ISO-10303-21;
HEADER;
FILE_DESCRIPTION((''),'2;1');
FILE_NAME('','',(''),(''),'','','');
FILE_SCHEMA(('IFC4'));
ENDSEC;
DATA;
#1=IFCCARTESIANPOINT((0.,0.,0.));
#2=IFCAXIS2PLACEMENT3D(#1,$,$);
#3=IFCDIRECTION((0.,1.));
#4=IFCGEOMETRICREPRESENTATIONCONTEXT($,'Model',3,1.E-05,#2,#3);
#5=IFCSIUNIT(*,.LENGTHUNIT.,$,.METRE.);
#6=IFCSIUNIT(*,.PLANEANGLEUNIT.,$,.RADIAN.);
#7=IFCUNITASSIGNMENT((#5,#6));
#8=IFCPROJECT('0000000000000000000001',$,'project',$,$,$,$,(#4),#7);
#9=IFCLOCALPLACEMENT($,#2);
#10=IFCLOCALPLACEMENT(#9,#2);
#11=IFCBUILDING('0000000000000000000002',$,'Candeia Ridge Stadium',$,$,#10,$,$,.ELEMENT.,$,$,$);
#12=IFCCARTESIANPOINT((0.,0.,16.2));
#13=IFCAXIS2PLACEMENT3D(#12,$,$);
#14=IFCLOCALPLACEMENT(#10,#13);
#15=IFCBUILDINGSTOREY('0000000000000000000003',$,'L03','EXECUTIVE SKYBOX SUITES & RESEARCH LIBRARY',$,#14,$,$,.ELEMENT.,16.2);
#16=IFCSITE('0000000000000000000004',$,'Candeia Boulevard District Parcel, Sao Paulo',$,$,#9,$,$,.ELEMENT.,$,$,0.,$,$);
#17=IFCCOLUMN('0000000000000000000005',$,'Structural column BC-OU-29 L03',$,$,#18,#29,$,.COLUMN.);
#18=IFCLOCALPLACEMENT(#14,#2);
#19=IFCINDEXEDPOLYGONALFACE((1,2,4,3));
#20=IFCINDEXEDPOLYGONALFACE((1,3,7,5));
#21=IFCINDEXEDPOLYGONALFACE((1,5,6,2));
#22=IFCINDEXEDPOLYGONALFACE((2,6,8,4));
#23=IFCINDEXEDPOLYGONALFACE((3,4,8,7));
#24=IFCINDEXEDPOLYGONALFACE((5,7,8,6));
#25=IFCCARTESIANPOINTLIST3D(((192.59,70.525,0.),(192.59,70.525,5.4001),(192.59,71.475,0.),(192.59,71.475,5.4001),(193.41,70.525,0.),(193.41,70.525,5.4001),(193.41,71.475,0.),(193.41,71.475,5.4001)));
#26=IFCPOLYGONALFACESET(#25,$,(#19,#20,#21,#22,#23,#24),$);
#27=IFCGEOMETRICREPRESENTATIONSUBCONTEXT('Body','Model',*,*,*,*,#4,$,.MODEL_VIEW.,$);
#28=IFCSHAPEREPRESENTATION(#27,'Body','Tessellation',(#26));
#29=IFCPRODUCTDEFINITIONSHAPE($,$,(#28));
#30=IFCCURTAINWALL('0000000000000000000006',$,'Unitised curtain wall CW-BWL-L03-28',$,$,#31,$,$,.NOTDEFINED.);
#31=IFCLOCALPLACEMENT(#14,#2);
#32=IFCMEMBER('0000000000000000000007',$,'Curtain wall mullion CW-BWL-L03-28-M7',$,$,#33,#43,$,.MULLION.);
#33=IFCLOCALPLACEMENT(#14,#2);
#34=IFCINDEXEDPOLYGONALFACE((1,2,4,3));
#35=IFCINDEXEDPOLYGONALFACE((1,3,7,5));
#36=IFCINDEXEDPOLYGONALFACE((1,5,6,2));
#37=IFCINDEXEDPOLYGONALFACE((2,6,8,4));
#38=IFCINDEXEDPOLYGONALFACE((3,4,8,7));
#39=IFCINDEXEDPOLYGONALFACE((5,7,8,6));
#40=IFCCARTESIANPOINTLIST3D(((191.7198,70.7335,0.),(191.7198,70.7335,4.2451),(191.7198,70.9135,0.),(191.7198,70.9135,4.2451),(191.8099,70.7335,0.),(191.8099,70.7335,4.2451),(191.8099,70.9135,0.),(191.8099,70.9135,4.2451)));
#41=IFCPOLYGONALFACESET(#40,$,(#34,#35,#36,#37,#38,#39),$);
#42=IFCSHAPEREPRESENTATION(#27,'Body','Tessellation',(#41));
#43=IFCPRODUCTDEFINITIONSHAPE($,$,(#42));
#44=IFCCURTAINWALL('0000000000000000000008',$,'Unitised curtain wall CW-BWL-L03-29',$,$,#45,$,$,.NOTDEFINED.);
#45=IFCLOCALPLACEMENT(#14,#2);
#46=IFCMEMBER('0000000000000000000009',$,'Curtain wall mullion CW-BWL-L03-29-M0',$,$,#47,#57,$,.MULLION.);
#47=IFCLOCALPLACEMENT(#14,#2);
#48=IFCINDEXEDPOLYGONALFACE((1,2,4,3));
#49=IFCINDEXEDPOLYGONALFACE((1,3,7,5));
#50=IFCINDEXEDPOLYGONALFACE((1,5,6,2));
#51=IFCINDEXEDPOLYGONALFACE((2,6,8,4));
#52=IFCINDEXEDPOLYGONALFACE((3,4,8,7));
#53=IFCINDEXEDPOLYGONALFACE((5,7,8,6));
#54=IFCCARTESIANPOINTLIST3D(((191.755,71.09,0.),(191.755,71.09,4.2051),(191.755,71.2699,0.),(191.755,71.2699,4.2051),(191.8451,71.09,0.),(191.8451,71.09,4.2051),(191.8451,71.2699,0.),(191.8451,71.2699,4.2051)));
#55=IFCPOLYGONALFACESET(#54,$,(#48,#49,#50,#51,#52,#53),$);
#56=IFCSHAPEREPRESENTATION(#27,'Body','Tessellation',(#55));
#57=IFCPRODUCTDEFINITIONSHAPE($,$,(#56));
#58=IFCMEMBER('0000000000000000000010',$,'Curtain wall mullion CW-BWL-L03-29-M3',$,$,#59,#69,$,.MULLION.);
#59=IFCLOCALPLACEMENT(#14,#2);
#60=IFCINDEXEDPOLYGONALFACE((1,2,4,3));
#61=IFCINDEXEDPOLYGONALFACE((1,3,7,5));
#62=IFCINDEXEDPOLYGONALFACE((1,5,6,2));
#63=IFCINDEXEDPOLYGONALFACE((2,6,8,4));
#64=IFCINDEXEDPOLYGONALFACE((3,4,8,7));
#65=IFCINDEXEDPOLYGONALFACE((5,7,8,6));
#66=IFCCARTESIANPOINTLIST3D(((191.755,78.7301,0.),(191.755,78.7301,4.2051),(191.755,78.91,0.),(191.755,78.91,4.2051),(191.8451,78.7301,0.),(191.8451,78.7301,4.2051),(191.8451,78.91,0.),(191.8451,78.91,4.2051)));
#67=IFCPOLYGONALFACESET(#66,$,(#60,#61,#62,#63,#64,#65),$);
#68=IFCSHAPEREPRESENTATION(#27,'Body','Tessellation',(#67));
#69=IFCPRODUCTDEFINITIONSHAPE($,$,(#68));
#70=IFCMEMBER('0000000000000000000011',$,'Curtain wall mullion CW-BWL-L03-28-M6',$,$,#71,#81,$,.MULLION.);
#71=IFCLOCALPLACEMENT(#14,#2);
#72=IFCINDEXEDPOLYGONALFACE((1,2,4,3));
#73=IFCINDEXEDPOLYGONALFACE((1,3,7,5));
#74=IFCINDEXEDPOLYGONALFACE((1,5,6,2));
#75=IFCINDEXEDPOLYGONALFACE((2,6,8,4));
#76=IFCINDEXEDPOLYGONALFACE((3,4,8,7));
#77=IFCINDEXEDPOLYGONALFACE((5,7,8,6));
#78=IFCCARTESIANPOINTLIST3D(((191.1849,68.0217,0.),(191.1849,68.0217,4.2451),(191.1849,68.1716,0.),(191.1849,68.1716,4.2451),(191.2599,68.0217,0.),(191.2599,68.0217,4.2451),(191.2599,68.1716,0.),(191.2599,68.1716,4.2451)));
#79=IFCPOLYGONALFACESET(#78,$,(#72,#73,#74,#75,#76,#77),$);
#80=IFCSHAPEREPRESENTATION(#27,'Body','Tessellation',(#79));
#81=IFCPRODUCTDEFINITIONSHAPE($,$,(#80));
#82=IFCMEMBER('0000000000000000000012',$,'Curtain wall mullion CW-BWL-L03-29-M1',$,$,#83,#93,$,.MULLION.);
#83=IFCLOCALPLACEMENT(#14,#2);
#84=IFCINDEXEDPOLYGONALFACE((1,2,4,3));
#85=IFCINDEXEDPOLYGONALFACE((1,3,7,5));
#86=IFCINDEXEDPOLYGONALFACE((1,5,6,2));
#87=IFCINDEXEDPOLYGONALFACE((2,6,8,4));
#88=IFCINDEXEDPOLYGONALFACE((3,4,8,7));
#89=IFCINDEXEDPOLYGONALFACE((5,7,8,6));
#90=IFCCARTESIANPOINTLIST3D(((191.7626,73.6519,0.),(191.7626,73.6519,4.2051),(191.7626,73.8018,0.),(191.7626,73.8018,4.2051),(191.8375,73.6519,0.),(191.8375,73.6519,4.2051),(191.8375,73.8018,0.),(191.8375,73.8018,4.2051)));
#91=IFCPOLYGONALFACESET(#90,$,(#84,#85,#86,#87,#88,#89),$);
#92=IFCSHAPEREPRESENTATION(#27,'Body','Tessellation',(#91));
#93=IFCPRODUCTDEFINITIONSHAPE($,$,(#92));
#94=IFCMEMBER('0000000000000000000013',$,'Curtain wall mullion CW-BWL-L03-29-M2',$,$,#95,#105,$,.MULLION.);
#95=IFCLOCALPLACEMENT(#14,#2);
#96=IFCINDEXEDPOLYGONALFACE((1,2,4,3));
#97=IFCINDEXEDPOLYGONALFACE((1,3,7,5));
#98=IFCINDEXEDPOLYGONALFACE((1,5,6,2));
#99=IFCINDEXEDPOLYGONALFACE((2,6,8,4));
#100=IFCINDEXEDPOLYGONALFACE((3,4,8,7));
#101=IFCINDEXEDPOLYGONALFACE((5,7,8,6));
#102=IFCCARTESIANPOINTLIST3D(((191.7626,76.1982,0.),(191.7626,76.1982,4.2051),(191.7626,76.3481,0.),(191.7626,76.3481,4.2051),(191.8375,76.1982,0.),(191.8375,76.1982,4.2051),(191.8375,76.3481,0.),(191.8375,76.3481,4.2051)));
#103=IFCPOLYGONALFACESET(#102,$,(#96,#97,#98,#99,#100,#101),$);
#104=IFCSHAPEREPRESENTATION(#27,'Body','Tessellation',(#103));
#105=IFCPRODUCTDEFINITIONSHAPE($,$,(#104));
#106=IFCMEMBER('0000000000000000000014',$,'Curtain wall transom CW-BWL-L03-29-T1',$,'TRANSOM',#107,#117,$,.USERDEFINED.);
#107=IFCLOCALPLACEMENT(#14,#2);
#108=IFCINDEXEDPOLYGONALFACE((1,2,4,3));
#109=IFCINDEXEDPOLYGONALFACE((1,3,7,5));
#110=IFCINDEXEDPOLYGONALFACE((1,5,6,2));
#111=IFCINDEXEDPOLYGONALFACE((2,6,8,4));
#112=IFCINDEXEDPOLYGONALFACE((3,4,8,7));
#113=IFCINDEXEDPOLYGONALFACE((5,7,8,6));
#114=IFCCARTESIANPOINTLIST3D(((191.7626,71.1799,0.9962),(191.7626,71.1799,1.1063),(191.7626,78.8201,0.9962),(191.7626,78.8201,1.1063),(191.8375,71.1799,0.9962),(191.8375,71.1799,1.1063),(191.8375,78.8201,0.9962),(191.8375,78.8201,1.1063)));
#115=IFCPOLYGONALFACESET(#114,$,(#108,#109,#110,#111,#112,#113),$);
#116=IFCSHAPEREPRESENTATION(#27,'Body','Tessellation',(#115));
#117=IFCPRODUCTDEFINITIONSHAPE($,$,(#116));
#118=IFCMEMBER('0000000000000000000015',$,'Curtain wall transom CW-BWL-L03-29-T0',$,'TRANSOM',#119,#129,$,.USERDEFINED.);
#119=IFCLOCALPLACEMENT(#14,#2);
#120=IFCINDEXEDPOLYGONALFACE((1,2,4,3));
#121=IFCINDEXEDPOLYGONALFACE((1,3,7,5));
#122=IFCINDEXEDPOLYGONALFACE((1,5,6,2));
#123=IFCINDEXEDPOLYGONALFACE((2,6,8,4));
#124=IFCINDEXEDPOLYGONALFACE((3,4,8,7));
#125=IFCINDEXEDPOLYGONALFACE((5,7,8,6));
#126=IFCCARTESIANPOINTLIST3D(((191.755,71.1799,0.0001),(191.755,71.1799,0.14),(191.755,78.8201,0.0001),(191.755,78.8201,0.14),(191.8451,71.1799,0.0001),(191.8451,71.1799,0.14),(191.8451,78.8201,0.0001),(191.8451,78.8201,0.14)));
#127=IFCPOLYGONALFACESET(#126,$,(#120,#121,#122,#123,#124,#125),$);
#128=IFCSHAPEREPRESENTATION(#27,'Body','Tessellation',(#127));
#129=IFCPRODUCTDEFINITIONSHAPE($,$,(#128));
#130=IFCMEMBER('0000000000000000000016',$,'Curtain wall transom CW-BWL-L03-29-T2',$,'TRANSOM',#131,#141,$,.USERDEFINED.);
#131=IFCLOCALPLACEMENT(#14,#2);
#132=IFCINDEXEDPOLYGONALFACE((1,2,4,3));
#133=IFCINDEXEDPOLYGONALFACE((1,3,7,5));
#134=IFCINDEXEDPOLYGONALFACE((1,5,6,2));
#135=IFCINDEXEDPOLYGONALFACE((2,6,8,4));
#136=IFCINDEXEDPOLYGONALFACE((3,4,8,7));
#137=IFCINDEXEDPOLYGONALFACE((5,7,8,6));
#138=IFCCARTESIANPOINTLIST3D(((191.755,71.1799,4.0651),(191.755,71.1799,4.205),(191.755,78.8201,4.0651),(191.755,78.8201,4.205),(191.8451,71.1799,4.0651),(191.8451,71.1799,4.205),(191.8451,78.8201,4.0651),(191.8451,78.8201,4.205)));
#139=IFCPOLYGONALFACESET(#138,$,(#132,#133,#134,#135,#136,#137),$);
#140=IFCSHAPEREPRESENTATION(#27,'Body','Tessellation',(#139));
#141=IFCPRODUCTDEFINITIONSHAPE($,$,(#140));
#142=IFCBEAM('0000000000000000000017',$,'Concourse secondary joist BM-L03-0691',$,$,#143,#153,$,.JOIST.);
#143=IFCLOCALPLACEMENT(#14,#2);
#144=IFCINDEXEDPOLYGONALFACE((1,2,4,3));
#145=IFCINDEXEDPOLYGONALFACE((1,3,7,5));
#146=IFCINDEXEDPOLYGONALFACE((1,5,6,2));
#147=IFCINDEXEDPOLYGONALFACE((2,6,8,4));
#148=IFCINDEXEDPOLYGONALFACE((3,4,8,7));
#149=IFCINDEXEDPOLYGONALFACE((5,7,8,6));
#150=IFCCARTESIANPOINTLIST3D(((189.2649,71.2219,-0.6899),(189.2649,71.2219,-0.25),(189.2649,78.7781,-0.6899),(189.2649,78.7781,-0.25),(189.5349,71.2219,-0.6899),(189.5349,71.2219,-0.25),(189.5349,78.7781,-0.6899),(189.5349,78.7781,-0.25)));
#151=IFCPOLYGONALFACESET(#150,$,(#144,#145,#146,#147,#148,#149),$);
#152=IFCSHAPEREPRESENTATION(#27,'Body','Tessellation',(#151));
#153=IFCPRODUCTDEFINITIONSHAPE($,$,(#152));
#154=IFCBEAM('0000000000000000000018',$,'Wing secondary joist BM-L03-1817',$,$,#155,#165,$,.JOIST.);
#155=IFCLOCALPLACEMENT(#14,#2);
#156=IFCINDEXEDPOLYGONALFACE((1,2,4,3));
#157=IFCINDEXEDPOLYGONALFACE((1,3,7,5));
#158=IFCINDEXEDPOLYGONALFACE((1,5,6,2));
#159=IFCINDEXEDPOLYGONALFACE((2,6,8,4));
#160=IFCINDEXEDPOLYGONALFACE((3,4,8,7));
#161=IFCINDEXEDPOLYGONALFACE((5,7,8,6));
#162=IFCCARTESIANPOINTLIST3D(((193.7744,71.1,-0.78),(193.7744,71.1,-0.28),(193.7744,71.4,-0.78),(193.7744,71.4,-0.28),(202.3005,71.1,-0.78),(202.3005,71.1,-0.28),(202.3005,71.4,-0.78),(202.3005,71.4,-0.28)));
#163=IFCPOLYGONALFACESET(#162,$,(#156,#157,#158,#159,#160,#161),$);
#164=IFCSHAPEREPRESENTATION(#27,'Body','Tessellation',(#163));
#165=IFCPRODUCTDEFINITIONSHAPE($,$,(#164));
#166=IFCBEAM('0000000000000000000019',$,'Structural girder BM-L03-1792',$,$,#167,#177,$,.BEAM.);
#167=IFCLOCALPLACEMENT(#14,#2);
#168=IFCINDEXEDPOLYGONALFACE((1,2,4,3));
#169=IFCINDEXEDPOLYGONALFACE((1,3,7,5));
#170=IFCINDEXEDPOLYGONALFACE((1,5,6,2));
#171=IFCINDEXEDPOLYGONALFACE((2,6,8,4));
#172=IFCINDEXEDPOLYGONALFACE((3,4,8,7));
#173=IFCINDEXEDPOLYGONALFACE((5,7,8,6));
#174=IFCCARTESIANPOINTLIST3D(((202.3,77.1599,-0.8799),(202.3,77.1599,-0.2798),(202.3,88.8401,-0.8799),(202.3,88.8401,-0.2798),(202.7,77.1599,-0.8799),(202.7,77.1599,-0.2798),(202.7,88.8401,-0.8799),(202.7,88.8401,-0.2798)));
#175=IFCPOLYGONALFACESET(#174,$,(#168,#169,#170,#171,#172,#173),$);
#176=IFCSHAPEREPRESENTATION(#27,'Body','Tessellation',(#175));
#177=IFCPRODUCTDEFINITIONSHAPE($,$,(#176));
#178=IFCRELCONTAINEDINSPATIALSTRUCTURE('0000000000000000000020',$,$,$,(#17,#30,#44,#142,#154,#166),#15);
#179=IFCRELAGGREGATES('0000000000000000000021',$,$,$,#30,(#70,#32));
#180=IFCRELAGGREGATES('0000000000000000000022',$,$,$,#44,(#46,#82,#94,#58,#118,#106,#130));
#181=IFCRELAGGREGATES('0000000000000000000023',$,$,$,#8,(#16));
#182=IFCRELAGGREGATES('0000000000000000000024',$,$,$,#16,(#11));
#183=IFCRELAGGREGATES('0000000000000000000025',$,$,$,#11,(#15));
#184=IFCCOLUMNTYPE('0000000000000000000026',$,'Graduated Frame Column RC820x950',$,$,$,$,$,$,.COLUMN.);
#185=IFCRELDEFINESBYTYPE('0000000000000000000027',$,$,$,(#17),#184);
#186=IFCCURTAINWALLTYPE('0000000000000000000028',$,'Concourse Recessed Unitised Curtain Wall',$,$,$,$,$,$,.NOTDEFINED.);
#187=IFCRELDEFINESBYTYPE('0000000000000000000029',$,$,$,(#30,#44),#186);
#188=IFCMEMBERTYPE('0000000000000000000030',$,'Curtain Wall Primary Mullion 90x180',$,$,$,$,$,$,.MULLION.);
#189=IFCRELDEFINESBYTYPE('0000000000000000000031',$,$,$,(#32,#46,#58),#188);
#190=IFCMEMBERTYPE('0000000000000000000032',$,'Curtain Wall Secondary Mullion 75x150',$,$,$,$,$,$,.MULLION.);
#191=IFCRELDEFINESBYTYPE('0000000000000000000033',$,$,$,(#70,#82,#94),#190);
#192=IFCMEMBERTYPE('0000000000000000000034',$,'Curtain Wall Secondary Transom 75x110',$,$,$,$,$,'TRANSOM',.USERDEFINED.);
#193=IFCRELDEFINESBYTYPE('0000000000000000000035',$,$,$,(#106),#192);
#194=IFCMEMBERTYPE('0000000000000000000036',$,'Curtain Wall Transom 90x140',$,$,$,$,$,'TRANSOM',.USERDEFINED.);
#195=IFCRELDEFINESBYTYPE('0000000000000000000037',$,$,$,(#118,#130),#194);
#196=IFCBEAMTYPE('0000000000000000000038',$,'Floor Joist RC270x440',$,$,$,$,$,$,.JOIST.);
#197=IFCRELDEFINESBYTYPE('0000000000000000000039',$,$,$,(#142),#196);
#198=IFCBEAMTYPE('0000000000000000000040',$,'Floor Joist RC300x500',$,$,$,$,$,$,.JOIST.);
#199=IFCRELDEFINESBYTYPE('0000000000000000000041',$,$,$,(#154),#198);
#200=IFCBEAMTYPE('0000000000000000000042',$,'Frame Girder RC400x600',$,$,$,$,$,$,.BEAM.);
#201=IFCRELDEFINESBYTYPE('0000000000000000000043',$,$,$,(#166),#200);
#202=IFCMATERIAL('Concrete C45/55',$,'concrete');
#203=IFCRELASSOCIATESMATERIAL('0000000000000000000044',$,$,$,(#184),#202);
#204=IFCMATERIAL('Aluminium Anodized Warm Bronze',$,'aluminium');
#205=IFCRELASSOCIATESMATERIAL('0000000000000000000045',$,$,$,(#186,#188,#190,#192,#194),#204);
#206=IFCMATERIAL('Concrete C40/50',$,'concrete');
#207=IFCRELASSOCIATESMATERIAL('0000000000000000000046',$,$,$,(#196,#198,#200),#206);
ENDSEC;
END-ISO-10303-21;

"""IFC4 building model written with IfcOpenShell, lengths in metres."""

from ifc_helpers import new_model, si_unit, direction, frame, origin, origin_2d, place, context, subcontext, project, spatial, rectangle, extrude, material, material_profile, profile_set, type_object, element, aggregate, save


model = new_model("IFC4")

# Units and contexts
model_context = context("Model", 3, precision=1e-05, world=origin(), true_north=direction((0.0, 1.0)))
body_context = subcontext(model_context, "Body", "Model", "MODEL_VIEW")
ifc_project = project(units=[si_unit("LENGTHUNIT", "METRE"), si_unit("PLANEANGLEUNIT", "RADIAN")], contexts=[model_context])

# Site, building, storey
site_placement = place(None, origin())
site = spatial("IfcSite", under=ifc_project, at=site_placement, Name="Candeia Boulevard District Parcel, Sao Paulo", CompositionType="ELEMENT", RefElevation=0.0)
building_placement = place(site_placement, origin())
building = spatial("IfcBuilding", under=site, at=building_placement, Name="Candeia Ridge Stadium", CompositionType="ELEMENT")
storey_placement = place(building_placement, frame((0.0, 0.0, 16.2)))
storey = spatial("IfcBuildingStorey", under=building, at=storey_placement, Name="L03", Description="EXECUTIVE SKYBOX SUITES & RESEARCH LIBRARY", CompositionType="ELEMENT", Elevation=16.2)

# Column
ifc_material_1 = material(Name="Concrete C45/55", Category="concrete")
ifc_material_profile_1 = material_profile(ifc_material_1, rectangle(XDim=0.8201, YDim=0.95, at=origin_2d()), Name="RC820x950", Category="concrete")
ifc_profile_set_1 = profile_set([ifc_material_profile_1], Name="Concrete C45/55")
column_type = type_object("IfcColumnType", Name="Graduated Frame Column RC820x950", PredefinedType="COLUMN", material=ifc_profile_set_1)
column_placement = place(storey_placement, frame((193.0, 71.0, 0.0), z_axis=(0.0, 0.0, 1.0), x_axis=(1.0, 0.0, 0.0)))
element("IfcColumn", 1, at=column_placement, inside=storey, type_object=column_type, Name="Structural column BC-OU-29 L03", PredefinedType="COLUMN", context=body_context, shape_type="SweptSolid", body=[
    extrude(rectangle(XDim=0.8201, YDim=0.95, at=origin_2d()), origin(), (0.0, 0.0, 1.0), 5.4001),
])

# Curtain wall, member
ifc_material_2 = material(Name="Aluminium Anodized Warm Bronze", Category="aluminium")
curtain_wall_type = type_object("IfcCurtainWallType", Name="Concourse Recessed Unitised Curtain Wall", PredefinedType="NOTDEFINED", material=ifc_material_2)
curtain_wall_1_placement = place(storey_placement, origin())
curtain_wall_1 = element("IfcCurtainWall", 2, at=curtain_wall_1_placement, inside=storey, type_object=curtain_wall_type, Name="Unitised curtain wall CW-BWL-L03-28", PredefinedType="NOTDEFINED")
ifc_material_profile_2 = material_profile(ifc_material_2, rectangle(XDim=0.0901, YDim=0.1799, at=origin_2d()), Name="CWM-90x180", Category="aluminium")
ifc_profile_set_2 = profile_set([ifc_material_profile_2], Name="Aluminium Anodized Warm Bronze")
member_type_1 = type_object("IfcMemberType", Name="Curtain Wall Primary Mullion 90x180", PredefinedType="MULLION", material=ifc_profile_set_2)
member_1_placement = place(storey_placement, frame((191.7649, 70.8235, 0.0), z_axis=(0.0, 0.0, 1.0), x_axis=(1.0, 0.0, 0.0)))
member_1 = element("IfcMember", 3, at=member_1_placement, type_object=member_type_1, Name="Curtain wall mullion CW-BWL-L03-28-M7", PredefinedType="MULLION", context=body_context, shape_type="SweptSolid", body=[
    extrude(rectangle(XDim=0.0901, YDim=0.1799, at=origin_2d()), origin(), (0.0, 0.0, 1.0), 4.2451),
])

# Curtain wall, members
curtain_wall_2_placement = place(storey_placement, origin())
curtain_wall_2 = element("IfcCurtainWall", 4, at=curtain_wall_2_placement, inside=storey, type_object=curtain_wall_type, Name="Unitised curtain wall CW-BWL-L03-29", PredefinedType="NOTDEFINED")
member_2_placement = place(storey_placement, frame((191.8, 71.1799, 0.0), z_axis=(0.0, 0.0, 1.0), x_axis=(1.0, 0.0, 0.0)))
member_2 = element("IfcMember", 5, at=member_2_placement, type_object=member_type_1, Name="Curtain wall mullion CW-BWL-L03-29-M0", PredefinedType="MULLION", context=body_context, shape_type="SweptSolid", body=[
    extrude(rectangle(XDim=0.0901, YDim=0.1799, at=origin_2d()), origin(), (0.0, 0.0, 1.0), 4.2051),
])
member_3_placement = place(storey_placement, frame((191.8, 78.8201, 0.0), z_axis=(0.0, 0.0, 1.0), x_axis=(1.0, 0.0, 0.0)))
member_3 = element("IfcMember", 6, at=member_3_placement, type_object=member_type_1, Name="Curtain wall mullion CW-BWL-L03-29-M3", PredefinedType="MULLION", context=body_context, shape_type="SweptSolid", body=[
    extrude(rectangle(XDim=0.0901, YDim=0.1799, at=origin_2d()), origin(), (0.0, 0.0, 1.0), 4.2051),
])

# Members
ifc_material_profile_3 = material_profile(ifc_material_2, rectangle(XDim=0.075, YDim=0.1499, at=origin_2d()), Name="CWM-75x150", Category="aluminium")
ifc_profile_set_3 = profile_set([ifc_material_profile_3], Name="Aluminium Anodized Warm Bronze")
member_type_2 = type_object("IfcMemberType", Name="Curtain Wall Secondary Mullion 75x150", PredefinedType="MULLION", material=ifc_profile_set_3)
member_4_placement = place(storey_placement, frame((191.2224, 68.0967, 0.0), z_axis=(0.0, 0.0, 1.0), x_axis=(1.0, 0.0, 0.0)))
member_4 = element("IfcMember", 7, at=member_4_placement, type_object=member_type_2, Name="Curtain wall mullion CW-BWL-L03-28-M6", PredefinedType="MULLION", context=body_context, shape_type="SweptSolid", body=[
    extrude(rectangle(XDim=0.075, YDim=0.1499, at=origin_2d()), origin(), (0.0, 0.0, 1.0), 4.2451),
])
member_5_placement = place(storey_placement, frame((191.8, 73.7268, 0.0), z_axis=(0.0, 0.0, 1.0), x_axis=(1.0, 0.0, 0.0)))
member_5 = element("IfcMember", 8, at=member_5_placement, type_object=member_type_2, Name="Curtain wall mullion CW-BWL-L03-29-M1", PredefinedType="MULLION", context=body_context, shape_type="SweptSolid", body=[
    extrude(rectangle(XDim=0.075, YDim=0.1499, at=origin_2d()), origin(), (0.0, 0.0, 1.0), 4.2051),
])
member_6_placement = place(storey_placement, frame((191.8, 76.2732, 0.0), z_axis=(0.0, 0.0, 1.0), x_axis=(1.0, 0.0, 0.0)))
member_6 = element("IfcMember", 9, at=member_6_placement, type_object=member_type_2, Name="Curtain wall mullion CW-BWL-L03-29-M2", PredefinedType="MULLION", context=body_context, shape_type="SweptSolid", body=[
    extrude(rectangle(XDim=0.075, YDim=0.1499, at=origin_2d()), origin(), (0.0, 0.0, 1.0), 4.2051),
])
ifc_material_profile_4 = material_profile(ifc_material_2, rectangle(XDim=0.075, YDim=0.1101, at=origin_2d()), Name="CWT-75x110", Category="aluminium")
ifc_profile_set_4 = profile_set([ifc_material_profile_4], Name="Aluminium Anodized Warm Bronze")
member_type_3 = type_object("IfcMemberType", Name="Curtain Wall Secondary Transom 75x110", ElementType="TRANSOM", PredefinedType="USERDEFINED", material=ifc_profile_set_4)
member_7_placement = place(storey_placement, frame((191.8, 71.1799, 1.0513), z_axis=(0.0, 1.0, 0.0), x_axis=(-1.0, 0.0, 0.0)))
member_7 = element("IfcMember", 10, at=member_7_placement, type_object=member_type_3, Name="Curtain wall transom CW-BWL-L03-29-T1", ObjectType="TRANSOM", PredefinedType="USERDEFINED", context=body_context, shape_type="SweptSolid", body=[
    extrude(rectangle(XDim=0.075, YDim=0.1101, at=origin_2d()), origin(), (0.0, 0.0, 1.0), 7.6401),
])
ifc_material_profile_5 = material_profile(ifc_material_2, rectangle(XDim=0.0901, YDim=0.1399, at=origin_2d()), Name="CWT-90x140", Category="aluminium")
ifc_profile_set_5 = profile_set([ifc_material_profile_5], Name="Aluminium Anodized Warm Bronze")
member_type_4 = type_object("IfcMemberType", Name="Curtain Wall Transom 90x140", ElementType="TRANSOM", PredefinedType="USERDEFINED", material=ifc_profile_set_5)
member_8_placement = place(storey_placement, frame((191.8, 71.1799, 0.0701), z_axis=(0.0, 1.0, 0.0), x_axis=(-1.0, 0.0, 0.0)))
member_8 = element("IfcMember", 11, at=member_8_placement, type_object=member_type_4, Name="Curtain wall transom CW-BWL-L03-29-T0", ObjectType="TRANSOM", PredefinedType="USERDEFINED", context=body_context, shape_type="SweptSolid", body=[
    extrude(rectangle(XDim=0.0901, YDim=0.1399, at=origin_2d()), origin(), (0.0, 0.0, 1.0), 7.6401),
])
member_9_placement = place(storey_placement, frame((191.8, 71.1799, 4.135), z_axis=(0.0, 1.0, 0.0), x_axis=(-1.0, 0.0, 0.0)))
member_9 = element("IfcMember", 12, at=member_9_placement, type_object=member_type_4, Name="Curtain wall transom CW-BWL-L03-29-T2", ObjectType="TRANSOM", PredefinedType="USERDEFINED", context=body_context, shape_type="SweptSolid", body=[
    extrude(rectangle(XDim=0.0901, YDim=0.1399, at=origin_2d()), origin(), (0.0, 0.0, 1.0), 7.6401),
])

# Beams
ifc_material_3 = material(Name="Concrete C40/50", Category="concrete")
ifc_material_profile_6 = material_profile(ifc_material_3, rectangle(XDim=0.27, YDim=0.4399, at=origin_2d()), Name="RC270x440", Category="concrete")
ifc_profile_set_6 = profile_set([ifc_material_profile_6], Name="Concrete C40/50")
beam_type_1 = type_object("IfcBeamType", Name="Floor Joist RC270x440", PredefinedType="JOIST", material=ifc_profile_set_6)
beam_1_placement = place(storey_placement, frame((189.3999, 71.2219, -0.47), z_axis=(0.0, 1.0, 0.0), x_axis=(-1.0, 0.0, 0.0)))
element("IfcBeam", 13, at=beam_1_placement, inside=storey, type_object=beam_type_1, Name="Concourse secondary joist BM-L03-0691", PredefinedType="JOIST", context=body_context, shape_type="SweptSolid", body=[
    extrude(rectangle(XDim=0.27, YDim=0.4399, at=origin_2d()), origin(), (0.0, 0.0, 1.0), 7.5562),
])
ifc_material_profile_7 = material_profile(ifc_material_3, rectangle(XDim=0.3, YDim=0.5, at=origin_2d()), Name="RC300x500", Category="concrete")
ifc_profile_set_7 = profile_set([ifc_material_profile_7], Name="Concrete C40/50")
beam_type_2 = type_object("IfcBeamType", Name="Floor Joist RC300x500", PredefinedType="JOIST", material=ifc_profile_set_7)
beam_2_placement = place(storey_placement, frame((193.7744, 71.25, -0.53), z_axis=(1.0, 0.0, 0.0), x_axis=(0.0, 1.0, 0.0)))
element("IfcBeam", 14, at=beam_2_placement, inside=storey, type_object=beam_type_2, Name="Wing secondary joist BM-L03-1817", PredefinedType="JOIST", context=body_context, shape_type="SweptSolid", body=[
    extrude(rectangle(XDim=0.3, YDim=0.5, at=origin_2d()), origin(), (0.0, 0.0, 1.0), 8.5261),
])
ifc_material_profile_8 = material_profile(ifc_material_3, rectangle(XDim=0.3999, YDim=0.6001, at=origin_2d()), Name="RC400x600", Category="concrete")
ifc_profile_set_8 = profile_set([ifc_material_profile_8], Name="Concrete C40/50")
beam_type_3 = type_object("IfcBeamType", Name="Frame Girder RC400x600", PredefinedType="BEAM", material=ifc_profile_set_8)
beam_3_placement = place(storey_placement, frame((202.5, 77.1599, -0.5798), z_axis=(0.0, 1.0, 0.0), x_axis=(-1.0, 0.0, 0.0)))
element("IfcBeam", 15, at=beam_3_placement, inside=storey, type_object=beam_type_3, Name="Structural girder BM-L03-1792", PredefinedType="BEAM", context=body_context, shape_type="SweptSolid", body=[
    extrude(rectangle(XDim=0.3999, YDim=0.6001, at=origin_2d()), origin(), (0.0, 0.0, 1.0), 11.6802),
])

aggregate(curtain_wall_1, [member_4, member_1])
aggregate(curtain_wall_2, [member_2, member_5, member_6, member_3, member_8, member_7, member_9])

save(model, "model.ifc")
